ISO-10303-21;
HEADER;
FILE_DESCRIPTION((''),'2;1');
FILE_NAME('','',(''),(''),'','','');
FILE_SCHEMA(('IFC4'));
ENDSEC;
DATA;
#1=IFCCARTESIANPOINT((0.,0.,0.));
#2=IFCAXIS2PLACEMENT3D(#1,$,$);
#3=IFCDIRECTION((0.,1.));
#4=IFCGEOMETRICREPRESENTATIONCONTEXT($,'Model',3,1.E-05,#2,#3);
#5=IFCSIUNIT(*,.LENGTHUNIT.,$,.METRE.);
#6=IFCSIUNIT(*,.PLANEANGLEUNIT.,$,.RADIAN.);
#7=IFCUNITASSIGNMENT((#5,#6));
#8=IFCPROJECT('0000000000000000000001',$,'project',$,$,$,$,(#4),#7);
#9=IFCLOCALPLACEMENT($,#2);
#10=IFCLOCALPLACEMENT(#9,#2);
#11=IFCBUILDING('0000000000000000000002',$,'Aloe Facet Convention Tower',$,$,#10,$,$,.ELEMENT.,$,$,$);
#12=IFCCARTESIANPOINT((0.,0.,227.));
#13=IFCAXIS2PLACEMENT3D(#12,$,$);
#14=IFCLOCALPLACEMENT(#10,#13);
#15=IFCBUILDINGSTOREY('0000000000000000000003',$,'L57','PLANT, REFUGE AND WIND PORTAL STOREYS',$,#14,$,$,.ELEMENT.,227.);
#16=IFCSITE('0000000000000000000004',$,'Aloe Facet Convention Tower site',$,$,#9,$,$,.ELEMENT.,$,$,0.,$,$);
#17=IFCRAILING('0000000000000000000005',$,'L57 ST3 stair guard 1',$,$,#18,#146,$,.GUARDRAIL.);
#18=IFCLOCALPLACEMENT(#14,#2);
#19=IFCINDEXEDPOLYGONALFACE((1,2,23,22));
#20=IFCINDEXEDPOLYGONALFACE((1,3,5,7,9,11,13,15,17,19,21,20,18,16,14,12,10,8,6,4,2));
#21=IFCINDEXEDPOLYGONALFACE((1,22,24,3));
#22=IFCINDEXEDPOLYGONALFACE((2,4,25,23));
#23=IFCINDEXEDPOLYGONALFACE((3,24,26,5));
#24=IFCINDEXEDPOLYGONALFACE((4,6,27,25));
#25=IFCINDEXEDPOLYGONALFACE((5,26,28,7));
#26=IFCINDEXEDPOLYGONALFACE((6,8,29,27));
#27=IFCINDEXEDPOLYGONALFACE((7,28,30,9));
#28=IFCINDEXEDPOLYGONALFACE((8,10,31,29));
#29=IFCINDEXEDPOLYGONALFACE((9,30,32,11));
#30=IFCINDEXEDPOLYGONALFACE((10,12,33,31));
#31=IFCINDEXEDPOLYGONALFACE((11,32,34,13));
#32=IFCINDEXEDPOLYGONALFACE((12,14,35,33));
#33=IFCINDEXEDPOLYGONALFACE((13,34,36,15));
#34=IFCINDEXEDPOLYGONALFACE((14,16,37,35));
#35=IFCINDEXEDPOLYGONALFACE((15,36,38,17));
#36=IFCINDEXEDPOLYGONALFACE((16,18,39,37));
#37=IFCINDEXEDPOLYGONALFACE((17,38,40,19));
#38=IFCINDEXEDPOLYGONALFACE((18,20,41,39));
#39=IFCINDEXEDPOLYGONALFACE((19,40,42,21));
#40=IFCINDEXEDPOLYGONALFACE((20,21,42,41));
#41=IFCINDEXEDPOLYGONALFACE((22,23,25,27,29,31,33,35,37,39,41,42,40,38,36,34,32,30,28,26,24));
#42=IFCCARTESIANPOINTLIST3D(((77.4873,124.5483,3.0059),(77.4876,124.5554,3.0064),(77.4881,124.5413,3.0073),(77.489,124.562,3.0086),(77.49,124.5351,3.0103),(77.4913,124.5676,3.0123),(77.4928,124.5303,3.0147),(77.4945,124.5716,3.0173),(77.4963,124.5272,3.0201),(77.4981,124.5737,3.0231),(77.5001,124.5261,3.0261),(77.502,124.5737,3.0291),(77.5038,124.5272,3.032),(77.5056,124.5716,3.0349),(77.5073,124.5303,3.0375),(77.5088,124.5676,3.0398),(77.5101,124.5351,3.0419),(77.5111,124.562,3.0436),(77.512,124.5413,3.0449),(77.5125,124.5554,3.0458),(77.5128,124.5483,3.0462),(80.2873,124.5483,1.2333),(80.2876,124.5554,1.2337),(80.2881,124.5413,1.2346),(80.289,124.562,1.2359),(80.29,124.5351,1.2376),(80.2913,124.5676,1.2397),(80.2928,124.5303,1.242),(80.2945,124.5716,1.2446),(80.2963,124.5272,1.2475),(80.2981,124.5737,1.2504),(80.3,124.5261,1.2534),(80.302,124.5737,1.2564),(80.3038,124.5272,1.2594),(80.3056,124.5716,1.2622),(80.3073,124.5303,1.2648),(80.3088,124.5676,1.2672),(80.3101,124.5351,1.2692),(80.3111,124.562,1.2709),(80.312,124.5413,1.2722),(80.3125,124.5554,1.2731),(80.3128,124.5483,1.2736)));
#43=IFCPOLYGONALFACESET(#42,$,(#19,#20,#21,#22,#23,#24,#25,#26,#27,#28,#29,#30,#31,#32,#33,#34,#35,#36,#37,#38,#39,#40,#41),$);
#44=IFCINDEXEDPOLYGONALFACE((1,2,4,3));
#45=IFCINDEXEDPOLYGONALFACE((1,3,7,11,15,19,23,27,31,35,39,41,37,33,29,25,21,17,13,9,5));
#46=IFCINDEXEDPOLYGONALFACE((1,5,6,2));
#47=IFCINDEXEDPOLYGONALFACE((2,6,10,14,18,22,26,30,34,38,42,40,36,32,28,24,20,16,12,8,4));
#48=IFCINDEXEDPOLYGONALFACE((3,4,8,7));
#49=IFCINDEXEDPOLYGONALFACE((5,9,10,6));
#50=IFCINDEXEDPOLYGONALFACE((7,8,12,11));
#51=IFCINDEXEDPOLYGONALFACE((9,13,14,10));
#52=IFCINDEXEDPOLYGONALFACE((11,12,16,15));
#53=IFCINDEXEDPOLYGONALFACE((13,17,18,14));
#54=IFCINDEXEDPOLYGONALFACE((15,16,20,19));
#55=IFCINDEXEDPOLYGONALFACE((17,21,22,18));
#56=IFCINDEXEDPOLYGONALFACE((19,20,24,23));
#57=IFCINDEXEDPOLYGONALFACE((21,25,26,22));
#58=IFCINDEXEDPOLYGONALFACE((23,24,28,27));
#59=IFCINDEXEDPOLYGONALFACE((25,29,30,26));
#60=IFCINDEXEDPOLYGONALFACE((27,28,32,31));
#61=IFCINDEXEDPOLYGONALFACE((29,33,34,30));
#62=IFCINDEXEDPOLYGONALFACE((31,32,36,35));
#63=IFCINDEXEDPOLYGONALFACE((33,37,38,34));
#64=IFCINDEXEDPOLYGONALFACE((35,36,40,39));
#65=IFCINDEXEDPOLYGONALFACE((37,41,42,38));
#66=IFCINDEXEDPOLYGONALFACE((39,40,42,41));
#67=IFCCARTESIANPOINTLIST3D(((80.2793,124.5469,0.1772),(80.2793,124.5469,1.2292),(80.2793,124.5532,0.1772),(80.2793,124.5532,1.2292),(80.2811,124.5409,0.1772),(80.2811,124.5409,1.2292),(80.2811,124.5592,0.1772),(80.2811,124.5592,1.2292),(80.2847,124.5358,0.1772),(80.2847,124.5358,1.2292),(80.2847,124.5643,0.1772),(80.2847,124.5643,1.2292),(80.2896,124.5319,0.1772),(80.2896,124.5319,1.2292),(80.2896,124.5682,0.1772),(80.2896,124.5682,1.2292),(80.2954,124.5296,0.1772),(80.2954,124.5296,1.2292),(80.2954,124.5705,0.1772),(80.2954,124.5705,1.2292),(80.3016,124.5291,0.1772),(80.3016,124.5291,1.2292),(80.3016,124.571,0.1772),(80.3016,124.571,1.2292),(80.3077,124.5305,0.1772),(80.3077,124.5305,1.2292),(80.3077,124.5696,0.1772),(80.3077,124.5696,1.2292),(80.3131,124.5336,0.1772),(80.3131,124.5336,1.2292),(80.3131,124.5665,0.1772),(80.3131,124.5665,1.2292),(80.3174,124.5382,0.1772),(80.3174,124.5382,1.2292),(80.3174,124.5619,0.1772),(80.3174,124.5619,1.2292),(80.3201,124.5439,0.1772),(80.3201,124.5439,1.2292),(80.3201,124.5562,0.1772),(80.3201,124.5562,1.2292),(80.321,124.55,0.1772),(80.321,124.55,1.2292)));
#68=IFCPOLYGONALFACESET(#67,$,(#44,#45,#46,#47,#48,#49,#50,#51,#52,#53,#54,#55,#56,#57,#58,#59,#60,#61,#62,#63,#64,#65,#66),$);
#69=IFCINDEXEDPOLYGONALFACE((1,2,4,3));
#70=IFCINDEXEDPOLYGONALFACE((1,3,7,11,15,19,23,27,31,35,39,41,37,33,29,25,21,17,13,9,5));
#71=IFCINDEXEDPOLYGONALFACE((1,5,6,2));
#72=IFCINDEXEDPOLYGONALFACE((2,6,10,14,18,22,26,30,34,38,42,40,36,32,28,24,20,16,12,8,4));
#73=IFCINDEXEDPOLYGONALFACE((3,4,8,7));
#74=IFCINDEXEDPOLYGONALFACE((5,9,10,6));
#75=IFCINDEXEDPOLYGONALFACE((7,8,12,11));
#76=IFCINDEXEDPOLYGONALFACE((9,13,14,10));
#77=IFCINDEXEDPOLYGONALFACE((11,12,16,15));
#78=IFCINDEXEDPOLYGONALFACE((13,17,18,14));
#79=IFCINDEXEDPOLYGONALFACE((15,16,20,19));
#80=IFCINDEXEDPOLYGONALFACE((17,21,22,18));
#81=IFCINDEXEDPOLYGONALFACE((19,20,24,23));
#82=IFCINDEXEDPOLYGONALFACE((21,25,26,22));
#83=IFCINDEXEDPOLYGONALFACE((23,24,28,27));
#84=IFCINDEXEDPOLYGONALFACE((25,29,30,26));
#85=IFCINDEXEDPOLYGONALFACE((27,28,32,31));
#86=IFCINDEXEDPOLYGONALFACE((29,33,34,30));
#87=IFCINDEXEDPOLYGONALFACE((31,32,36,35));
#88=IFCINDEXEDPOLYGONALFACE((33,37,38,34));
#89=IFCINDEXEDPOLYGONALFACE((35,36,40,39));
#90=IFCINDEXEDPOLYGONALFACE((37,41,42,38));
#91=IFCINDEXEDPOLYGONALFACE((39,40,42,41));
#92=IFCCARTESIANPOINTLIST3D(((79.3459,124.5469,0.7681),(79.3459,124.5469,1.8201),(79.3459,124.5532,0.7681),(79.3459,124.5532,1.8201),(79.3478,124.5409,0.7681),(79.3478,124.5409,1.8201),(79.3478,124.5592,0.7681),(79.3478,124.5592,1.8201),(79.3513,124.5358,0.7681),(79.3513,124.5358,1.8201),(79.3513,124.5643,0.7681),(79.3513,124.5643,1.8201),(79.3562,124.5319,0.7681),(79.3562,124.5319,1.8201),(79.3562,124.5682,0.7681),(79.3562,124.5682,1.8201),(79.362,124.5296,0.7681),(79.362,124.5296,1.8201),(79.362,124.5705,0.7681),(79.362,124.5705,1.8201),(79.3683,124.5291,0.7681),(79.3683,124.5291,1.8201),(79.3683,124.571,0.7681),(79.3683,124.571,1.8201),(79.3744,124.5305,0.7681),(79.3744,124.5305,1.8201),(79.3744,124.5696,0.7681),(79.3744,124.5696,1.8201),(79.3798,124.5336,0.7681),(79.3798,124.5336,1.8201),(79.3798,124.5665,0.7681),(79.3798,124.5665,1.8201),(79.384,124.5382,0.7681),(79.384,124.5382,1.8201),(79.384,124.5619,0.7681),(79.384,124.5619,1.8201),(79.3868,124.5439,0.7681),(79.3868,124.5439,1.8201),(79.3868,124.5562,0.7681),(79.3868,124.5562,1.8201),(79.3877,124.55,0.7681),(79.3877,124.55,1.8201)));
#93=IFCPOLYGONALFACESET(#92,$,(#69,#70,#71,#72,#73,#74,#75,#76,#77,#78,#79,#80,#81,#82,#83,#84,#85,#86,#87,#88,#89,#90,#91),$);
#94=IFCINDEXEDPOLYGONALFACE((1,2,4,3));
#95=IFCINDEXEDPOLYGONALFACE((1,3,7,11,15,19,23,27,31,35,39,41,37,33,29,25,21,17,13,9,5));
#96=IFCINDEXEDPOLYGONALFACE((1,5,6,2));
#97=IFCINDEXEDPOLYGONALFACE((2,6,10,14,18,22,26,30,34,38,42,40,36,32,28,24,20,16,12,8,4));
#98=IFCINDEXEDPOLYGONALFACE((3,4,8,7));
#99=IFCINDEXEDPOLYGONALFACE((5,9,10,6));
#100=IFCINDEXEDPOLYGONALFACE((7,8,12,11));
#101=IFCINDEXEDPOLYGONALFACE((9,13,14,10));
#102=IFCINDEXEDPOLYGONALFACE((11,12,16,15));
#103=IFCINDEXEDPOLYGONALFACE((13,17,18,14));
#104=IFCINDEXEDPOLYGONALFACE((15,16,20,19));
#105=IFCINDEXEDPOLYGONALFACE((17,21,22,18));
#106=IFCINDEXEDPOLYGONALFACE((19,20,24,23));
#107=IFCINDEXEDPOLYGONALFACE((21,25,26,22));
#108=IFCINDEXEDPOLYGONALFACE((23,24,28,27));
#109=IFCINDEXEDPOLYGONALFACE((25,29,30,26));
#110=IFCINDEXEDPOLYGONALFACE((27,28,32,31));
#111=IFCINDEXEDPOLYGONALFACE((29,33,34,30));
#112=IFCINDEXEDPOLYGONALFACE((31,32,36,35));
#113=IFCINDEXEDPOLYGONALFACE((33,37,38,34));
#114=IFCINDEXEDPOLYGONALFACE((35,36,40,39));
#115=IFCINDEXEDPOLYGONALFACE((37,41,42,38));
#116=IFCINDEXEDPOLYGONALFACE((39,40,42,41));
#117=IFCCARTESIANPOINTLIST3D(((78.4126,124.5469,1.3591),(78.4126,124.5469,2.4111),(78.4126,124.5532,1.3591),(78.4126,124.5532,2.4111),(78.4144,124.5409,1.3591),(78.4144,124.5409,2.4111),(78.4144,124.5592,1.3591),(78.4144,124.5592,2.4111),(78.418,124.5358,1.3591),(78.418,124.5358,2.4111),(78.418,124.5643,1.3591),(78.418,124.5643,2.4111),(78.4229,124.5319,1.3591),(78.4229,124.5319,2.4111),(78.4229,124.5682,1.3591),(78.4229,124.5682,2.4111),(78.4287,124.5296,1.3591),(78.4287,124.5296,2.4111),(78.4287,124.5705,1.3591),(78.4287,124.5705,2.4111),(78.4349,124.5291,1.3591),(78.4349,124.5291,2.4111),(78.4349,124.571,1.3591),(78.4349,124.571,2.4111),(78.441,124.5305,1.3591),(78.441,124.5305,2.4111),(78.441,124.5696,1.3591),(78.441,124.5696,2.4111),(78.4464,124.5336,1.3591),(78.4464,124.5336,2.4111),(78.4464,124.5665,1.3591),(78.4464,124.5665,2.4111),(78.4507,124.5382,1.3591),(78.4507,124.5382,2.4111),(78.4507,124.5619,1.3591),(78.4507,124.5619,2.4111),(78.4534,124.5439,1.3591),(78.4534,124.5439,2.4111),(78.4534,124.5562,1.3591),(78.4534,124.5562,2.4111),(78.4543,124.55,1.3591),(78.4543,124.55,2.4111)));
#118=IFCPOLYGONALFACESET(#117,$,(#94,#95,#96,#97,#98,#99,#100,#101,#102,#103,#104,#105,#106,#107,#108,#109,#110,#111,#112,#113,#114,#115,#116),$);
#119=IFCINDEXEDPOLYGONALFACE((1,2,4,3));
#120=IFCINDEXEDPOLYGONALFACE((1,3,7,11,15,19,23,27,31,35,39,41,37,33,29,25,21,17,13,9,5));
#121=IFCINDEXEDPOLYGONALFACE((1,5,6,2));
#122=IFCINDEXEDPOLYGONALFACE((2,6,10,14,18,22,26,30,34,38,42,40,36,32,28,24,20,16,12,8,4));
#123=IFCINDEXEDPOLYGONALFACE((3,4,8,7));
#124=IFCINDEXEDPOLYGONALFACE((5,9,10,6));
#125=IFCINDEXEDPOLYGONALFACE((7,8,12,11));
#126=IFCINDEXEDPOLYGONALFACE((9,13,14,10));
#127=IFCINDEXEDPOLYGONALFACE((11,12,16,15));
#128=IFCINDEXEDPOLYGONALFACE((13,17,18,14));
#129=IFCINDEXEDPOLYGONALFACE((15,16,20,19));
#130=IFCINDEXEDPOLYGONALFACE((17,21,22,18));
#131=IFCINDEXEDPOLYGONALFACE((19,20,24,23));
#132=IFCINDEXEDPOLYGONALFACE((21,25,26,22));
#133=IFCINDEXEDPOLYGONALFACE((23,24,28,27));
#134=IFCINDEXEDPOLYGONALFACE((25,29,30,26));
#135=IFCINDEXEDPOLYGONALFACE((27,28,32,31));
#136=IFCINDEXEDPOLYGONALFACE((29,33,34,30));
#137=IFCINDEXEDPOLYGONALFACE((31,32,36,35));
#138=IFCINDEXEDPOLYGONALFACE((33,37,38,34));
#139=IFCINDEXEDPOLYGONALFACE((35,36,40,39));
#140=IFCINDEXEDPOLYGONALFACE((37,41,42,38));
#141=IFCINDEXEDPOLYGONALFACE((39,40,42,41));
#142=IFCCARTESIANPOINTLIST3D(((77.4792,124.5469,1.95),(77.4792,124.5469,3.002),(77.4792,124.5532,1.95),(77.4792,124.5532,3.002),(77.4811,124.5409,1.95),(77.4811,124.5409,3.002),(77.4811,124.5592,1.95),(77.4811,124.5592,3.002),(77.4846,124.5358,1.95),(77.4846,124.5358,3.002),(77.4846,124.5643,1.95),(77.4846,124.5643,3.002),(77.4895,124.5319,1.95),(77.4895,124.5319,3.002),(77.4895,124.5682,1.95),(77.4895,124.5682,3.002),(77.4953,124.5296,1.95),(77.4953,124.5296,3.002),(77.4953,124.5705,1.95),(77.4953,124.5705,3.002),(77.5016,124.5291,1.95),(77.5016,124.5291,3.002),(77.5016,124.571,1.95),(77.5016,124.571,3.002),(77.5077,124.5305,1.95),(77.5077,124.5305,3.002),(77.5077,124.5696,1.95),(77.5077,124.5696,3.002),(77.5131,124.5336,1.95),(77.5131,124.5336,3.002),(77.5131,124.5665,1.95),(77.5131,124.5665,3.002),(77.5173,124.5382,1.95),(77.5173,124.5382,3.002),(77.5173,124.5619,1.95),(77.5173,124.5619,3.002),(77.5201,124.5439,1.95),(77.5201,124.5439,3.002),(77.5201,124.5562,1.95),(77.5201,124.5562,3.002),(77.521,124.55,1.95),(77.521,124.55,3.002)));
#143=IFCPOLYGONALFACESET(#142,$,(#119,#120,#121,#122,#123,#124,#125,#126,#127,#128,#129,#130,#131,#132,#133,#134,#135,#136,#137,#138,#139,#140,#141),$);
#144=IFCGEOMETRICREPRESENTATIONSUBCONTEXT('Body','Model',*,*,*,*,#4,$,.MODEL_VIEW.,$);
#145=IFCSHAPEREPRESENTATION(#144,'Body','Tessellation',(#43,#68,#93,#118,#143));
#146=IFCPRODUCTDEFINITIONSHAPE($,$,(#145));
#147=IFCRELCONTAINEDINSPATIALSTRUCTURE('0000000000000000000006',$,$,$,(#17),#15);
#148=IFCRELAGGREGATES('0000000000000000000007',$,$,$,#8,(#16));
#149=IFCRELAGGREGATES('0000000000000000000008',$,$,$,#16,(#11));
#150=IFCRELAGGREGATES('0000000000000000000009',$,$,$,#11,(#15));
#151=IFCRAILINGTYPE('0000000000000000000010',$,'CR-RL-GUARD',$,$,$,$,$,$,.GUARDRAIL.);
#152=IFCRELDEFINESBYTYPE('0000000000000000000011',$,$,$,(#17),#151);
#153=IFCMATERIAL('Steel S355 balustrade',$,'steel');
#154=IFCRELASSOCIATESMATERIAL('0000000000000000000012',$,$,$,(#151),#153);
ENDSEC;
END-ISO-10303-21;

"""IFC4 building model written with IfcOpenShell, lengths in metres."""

from ifc_helpers import new_model, si_unit, direction, frame, origin, origin_2d, place, context, subcontext, project, spatial, circle, extrude, material, type_object, element, save


model = new_model("IFC4")

# Units and contexts
model_context = context("Model", 3, precision=1e-05, world=origin(), true_north=direction((0.0, 1.0)))
body_context = subcontext(model_context, "Body", "Model", "MODEL_VIEW")
ifc_project = project(units=[si_unit("LENGTHUNIT", "METRE"), si_unit("PLANEANGLEUNIT", "RADIAN")], contexts=[model_context])

# Site, building, storey
site_placement = place(None, origin())
site = spatial("IfcSite", under=ifc_project, at=site_placement, Name="Aloe Facet Convention Tower site", CompositionType="ELEMENT", RefElevation=0.0)
building_placement = place(site_placement, origin())
building = spatial("IfcBuilding", under=site, at=building_placement, Name="Aloe Facet Convention Tower", CompositionType="ELEMENT")
storey_placement = place(building_placement, frame((0.0, 0.0, 227.0)))
storey = spatial("IfcBuildingStorey", under=building, at=storey_placement, Name="L57", Description="PLANT, REFUGE AND WIND PORTAL STOREYS", CompositionType="ELEMENT", Elevation=227.0)

# Railing
ifc_material_1 = material(Name="Steel S355 balustrade", Category="steel")
railing_type_1 = type_object("IfcRailingType", Name="CR-RL-GUARD", PredefinedType="GUARDRAIL", material=ifc_material_1)
railing_1_placement = place(storey_placement, frame((80.3, 124.55, 0.1772)))
element("IfcRailing", 1, at=railing_1_placement, inside=storey, type_object=railing_type_1, Name="L57 ST3 stair guard 1", PredefinedType="GUARDRAIL", context=body_context, shape_type="SweptSolid", body=[
    extrude(circle(Radius=0.0239, at=origin_2d()), frame((0.0, 0.0, 1.0762), z_axis=(-0.844909, 0.0, 0.53491), x_axis=(0.0, -1.0, 0.0)), (0.0, 0.0, 1.0), 3.314),
    extrude(circle(Radius=0.021, at=origin_2d()), origin(), (0.0, 0.0, 1.0), 1.052),
    extrude(circle(Radius=0.021, at=origin_2d()), frame((-0.9333, 0.0, 0.5908)), (0.0, 0.0, 1.0), 1.052),
    extrude(circle(Radius=0.021, at=origin_2d()), frame((-1.8667, 0.0, 1.1819)), (0.0, 0.0, 1.0), 1.052),
    extrude(circle(Radius=0.021, at=origin_2d()), frame((-2.8, 0.0, 1.7727)), (0.0, 0.0, 1.0), 1.052),
])

save(model, "model.ifc")
